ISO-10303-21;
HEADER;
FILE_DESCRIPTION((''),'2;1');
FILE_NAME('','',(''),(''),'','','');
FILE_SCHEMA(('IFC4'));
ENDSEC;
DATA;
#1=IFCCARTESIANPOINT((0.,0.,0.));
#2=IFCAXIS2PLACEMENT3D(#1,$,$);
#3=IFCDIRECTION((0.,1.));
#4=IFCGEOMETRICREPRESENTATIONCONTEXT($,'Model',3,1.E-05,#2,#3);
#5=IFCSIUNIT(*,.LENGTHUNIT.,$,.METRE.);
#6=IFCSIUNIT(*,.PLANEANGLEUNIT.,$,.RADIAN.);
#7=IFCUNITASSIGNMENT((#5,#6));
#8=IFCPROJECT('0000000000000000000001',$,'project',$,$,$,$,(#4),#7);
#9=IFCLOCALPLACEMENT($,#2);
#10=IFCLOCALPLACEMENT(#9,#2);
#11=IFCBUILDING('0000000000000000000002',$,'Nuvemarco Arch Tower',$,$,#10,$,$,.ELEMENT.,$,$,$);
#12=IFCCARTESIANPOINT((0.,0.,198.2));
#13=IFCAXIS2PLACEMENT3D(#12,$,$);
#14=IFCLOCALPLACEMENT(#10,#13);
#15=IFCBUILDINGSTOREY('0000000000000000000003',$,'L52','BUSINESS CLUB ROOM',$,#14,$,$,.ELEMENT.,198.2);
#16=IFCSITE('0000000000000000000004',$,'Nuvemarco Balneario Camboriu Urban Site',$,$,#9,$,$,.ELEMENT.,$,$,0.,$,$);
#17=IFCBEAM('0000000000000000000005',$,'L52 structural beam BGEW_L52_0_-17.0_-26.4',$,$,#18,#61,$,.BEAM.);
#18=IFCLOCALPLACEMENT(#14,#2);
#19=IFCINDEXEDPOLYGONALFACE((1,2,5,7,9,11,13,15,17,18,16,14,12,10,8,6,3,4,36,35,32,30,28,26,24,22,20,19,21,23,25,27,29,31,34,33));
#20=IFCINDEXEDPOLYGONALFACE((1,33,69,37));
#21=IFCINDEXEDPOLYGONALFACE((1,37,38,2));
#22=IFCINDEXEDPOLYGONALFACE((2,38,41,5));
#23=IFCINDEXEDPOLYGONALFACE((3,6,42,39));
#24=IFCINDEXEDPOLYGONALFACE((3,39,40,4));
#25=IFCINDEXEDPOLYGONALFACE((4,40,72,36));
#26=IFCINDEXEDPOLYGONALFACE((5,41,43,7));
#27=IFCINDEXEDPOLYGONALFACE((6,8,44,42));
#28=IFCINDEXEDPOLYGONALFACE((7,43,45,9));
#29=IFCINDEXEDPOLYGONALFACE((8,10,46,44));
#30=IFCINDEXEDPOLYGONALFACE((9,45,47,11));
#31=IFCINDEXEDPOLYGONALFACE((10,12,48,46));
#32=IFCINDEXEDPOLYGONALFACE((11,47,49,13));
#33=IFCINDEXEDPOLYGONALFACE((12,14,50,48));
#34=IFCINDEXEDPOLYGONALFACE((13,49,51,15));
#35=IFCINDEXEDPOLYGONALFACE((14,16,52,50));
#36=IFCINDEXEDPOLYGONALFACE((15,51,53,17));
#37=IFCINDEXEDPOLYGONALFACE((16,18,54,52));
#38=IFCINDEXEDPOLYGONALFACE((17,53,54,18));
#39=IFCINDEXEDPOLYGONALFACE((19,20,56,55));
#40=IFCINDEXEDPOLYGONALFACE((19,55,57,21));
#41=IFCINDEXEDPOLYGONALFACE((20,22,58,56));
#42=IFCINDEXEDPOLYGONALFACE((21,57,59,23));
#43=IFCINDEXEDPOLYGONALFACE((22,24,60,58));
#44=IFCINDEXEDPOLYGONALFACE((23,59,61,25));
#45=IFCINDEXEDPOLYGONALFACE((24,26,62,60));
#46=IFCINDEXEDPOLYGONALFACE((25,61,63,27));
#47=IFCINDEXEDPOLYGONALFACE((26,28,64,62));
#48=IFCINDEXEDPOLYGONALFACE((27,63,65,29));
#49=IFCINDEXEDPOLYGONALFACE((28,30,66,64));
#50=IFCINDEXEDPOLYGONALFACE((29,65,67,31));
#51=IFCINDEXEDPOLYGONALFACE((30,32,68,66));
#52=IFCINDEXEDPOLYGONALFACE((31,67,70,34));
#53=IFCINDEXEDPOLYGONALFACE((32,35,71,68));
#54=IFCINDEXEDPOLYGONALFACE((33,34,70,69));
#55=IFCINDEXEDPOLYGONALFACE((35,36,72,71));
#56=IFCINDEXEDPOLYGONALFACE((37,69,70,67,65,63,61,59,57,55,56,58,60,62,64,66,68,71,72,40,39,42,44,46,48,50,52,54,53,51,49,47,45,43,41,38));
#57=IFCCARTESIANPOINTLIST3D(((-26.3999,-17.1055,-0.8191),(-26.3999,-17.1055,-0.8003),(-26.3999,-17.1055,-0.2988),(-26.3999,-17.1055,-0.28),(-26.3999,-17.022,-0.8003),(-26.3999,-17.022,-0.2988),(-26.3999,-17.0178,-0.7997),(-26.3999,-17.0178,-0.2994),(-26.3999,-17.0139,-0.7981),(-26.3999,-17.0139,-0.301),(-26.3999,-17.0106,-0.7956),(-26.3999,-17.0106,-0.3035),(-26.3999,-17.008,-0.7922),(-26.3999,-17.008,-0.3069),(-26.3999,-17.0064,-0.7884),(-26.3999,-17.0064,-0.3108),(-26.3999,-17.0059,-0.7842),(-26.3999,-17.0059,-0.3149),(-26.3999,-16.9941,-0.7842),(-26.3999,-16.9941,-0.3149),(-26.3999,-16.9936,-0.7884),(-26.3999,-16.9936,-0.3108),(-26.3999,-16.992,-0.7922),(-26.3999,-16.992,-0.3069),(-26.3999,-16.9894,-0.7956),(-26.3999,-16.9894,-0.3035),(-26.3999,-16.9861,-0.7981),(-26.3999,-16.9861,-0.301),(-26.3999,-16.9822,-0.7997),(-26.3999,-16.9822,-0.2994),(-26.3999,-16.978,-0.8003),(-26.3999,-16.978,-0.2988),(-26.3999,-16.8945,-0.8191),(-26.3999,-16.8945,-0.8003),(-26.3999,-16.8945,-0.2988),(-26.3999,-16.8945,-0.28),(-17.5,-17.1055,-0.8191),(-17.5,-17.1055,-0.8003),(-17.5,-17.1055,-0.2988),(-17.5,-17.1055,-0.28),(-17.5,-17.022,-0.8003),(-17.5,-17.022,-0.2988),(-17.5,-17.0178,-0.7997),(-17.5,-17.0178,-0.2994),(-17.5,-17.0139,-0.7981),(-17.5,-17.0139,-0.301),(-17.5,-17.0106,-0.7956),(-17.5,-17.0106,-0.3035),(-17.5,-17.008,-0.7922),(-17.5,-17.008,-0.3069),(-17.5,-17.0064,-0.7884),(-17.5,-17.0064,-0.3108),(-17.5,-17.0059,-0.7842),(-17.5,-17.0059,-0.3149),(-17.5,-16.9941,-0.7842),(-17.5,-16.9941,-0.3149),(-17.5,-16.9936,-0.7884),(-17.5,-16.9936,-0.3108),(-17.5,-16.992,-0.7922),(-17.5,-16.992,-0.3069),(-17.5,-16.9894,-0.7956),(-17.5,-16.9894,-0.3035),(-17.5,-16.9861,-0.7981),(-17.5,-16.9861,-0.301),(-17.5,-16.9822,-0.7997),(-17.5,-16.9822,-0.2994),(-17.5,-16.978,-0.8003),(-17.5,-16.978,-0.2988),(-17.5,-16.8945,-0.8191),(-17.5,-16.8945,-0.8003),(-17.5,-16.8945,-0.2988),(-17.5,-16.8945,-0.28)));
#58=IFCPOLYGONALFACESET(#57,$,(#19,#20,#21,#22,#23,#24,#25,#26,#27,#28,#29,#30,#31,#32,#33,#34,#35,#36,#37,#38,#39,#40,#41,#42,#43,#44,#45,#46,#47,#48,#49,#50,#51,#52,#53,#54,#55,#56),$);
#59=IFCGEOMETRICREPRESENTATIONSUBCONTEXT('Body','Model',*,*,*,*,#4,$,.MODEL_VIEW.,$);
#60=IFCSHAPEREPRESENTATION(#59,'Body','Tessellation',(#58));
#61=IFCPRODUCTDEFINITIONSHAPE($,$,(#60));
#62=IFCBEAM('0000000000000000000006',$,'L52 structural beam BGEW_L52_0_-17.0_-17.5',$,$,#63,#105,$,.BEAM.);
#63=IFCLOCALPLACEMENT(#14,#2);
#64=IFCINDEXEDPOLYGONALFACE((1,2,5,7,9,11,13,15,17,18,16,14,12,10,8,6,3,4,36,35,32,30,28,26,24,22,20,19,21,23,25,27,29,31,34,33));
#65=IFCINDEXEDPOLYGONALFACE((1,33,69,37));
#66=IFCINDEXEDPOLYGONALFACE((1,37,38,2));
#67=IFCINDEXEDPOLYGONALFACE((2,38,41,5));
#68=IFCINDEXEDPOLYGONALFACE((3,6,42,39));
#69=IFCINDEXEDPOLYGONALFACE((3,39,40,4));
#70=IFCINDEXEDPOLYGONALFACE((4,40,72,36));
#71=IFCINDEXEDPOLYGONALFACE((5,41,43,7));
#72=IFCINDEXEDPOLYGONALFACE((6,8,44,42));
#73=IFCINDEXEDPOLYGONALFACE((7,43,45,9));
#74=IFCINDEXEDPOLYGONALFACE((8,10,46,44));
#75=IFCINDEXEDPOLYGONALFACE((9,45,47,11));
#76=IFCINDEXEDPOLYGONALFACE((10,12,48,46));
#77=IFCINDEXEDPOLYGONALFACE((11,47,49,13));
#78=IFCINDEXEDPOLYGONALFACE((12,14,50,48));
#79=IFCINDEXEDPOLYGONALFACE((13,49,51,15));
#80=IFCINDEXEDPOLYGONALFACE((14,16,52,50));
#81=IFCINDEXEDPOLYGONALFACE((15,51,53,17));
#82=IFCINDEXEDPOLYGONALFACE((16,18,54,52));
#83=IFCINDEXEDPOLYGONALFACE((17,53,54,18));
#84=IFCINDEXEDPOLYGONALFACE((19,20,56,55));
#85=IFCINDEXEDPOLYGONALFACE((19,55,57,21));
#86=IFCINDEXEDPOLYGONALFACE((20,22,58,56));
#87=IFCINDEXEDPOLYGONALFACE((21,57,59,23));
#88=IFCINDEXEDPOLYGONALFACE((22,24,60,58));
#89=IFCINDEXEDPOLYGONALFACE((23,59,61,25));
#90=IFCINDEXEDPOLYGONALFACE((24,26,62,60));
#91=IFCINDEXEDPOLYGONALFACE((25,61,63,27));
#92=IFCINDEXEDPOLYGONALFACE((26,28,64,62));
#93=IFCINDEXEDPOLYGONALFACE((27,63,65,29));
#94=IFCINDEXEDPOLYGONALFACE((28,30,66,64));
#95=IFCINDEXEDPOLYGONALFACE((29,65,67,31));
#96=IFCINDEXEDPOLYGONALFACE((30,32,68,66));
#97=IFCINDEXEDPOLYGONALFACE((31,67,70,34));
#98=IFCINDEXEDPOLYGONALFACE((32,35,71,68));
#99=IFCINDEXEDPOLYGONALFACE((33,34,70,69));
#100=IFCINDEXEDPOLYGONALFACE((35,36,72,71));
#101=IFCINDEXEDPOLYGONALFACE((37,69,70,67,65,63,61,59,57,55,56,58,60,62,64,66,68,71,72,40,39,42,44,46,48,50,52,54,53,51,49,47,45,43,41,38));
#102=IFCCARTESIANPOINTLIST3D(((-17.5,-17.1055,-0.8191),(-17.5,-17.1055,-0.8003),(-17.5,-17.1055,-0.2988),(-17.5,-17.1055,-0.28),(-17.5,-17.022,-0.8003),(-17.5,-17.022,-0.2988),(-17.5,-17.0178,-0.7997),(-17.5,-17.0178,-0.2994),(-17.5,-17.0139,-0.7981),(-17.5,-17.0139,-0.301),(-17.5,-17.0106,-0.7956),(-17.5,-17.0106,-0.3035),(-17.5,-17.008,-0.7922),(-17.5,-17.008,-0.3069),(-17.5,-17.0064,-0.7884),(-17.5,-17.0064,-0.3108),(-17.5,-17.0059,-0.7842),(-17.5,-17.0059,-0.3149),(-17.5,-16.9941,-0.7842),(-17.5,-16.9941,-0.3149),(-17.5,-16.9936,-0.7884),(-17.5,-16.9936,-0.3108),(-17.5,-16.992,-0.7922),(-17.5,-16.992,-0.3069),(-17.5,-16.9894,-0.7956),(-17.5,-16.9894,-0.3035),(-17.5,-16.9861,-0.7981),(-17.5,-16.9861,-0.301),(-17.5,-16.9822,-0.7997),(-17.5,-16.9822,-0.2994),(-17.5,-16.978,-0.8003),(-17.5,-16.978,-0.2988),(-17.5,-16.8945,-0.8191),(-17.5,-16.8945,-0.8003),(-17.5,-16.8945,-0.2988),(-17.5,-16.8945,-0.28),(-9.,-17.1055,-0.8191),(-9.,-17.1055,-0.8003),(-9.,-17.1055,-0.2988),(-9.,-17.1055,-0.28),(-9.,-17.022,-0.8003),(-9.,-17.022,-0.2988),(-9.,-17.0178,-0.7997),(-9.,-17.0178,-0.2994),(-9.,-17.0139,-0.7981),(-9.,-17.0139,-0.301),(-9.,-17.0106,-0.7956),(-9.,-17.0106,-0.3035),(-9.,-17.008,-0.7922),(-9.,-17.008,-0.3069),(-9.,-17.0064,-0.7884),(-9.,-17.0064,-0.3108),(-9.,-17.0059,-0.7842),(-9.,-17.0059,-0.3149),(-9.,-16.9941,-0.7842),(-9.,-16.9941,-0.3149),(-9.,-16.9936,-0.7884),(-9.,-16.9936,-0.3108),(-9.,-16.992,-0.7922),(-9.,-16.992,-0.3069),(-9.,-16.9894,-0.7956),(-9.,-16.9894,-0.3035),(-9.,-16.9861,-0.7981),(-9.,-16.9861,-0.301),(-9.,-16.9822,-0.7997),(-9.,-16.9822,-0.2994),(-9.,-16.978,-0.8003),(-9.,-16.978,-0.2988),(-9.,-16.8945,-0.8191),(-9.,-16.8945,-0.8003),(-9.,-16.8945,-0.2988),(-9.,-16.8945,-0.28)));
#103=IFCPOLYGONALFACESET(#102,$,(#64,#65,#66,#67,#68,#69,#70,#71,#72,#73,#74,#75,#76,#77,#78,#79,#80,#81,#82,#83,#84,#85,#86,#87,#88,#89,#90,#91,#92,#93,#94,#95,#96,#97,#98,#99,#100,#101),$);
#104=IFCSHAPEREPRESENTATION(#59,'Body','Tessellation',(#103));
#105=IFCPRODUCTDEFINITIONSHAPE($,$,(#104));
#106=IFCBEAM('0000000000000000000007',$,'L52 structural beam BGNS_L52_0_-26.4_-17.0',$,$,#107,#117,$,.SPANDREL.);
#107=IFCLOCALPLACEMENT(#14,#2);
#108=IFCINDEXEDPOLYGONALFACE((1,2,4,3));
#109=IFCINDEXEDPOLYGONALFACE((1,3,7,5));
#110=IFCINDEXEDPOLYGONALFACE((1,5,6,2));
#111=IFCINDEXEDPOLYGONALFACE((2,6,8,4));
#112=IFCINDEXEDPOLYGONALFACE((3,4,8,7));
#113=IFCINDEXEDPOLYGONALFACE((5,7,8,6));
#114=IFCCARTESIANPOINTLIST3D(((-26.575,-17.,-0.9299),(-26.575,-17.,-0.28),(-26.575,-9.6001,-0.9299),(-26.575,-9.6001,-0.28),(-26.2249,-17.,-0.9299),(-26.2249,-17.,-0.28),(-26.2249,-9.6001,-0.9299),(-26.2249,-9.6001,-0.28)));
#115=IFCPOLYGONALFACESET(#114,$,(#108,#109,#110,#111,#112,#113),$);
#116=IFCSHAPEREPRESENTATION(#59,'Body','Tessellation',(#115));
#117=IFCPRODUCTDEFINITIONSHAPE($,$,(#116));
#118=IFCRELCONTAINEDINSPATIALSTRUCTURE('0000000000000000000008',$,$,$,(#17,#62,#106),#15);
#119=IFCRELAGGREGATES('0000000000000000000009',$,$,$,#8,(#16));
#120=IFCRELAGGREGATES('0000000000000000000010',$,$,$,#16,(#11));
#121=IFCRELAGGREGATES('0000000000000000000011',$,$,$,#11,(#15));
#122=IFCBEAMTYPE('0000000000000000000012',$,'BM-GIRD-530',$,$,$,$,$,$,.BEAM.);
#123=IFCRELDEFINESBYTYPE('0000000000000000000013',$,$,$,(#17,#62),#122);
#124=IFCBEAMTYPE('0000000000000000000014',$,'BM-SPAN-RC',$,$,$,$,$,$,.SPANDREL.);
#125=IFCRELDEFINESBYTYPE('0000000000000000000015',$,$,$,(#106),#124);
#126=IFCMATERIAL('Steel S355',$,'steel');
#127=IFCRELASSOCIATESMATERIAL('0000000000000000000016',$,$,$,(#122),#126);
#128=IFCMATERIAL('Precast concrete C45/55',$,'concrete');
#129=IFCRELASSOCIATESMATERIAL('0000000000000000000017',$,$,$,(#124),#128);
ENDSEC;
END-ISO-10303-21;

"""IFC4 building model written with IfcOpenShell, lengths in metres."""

from ifc_helpers import new_model, si_unit, direction, frame, origin, origin_2d, place, context, subcontext, project, spatial, rectangle, i_section, extrude, material, material_profile, profile_set, type_object, element, save


model = new_model("IFC4")

# Units and contexts
model_context = context("Model", 3, precision=1e-05, world=origin(), true_north=direction((0.0, 1.0)))
body_context = subcontext(model_context, "Body", "Model", "MODEL_VIEW")
ifc_project = project(units=[si_unit("LENGTHUNIT", "METRE"), si_unit("PLANEANGLEUNIT", "RADIAN")], contexts=[model_context])

# Site, building, storey
site_placement = place(None, origin())
site = spatial("IfcSite", under=ifc_project, at=site_placement, Name="Nuvemarco Balneario Camboriu Urban Site", CompositionType="ELEMENT", RefElevation=0.0)
building_placement = place(site_placement, origin())
building = spatial("IfcBuilding", under=site, at=building_placement, Name="Nuvemarco Arch Tower", CompositionType="ELEMENT")
storey_placement = place(building_placement, frame((0.0, 0.0, 198.2)))
storey = spatial("IfcBuildingStorey", under=building, at=storey_placement, Name="L52", Description="BUSINESS CLUB ROOM", CompositionType="ELEMENT", Elevation=198.2)

# Shared definitions
ifc_material_1 = material(Name="Steel S355", Category="steel")

# Beams
ifc_material_profile_1 = material_profile(ifc_material_1, i_section(OverallWidth=0.2109, OverallDepth=0.5391, WebThickness=0.0117, FlangeThickness=0.0188, FilletRadius=0.0161, at=origin_2d()), Name="W530x109")
ifc_profile_set_1 = profile_set([ifc_material_profile_1], Name="Steel S355")
beam_type_1 = type_object("IfcBeamType", Name="BM-GIRD-530", PredefinedType="BEAM", material=ifc_profile_set_1)
beam_1_placement = place(storey_placement, frame((-26.3999, -17.0, -0.5496), z_axis=(1.0, 0.0, 0.0), x_axis=(0.0, 1.0, 0.0)))
element("IfcBeam", 1, at=beam_1_placement, inside=storey, type_object=beam_type_1, Name="L52 structural beam BGEW_L52_0_-17.0_-26.4", PredefinedType="BEAM", context=body_context, shape_type="SweptSolid", body=[
    extrude(i_section(OverallWidth=0.2109, OverallDepth=0.5391, WebThickness=0.0117, FlangeThickness=0.0188, FilletRadius=0.0161, at=origin_2d()), origin(), (0.0, 0.0, 1.0), 8.8999),
])
beam_2_placement = place(storey_placement, frame((-17.5, -17.0, -0.5496), z_axis=(1.0, 0.0, 0.0), x_axis=(0.0, 1.0, 0.0)))
element("IfcBeam", 2, at=beam_2_placement, inside=storey, type_object=beam_type_1, Name="L52 structural beam BGEW_L52_0_-17.0_-17.5", PredefinedType="BEAM", context=body_context, shape_type="SweptSolid", body=[
    extrude(i_section(OverallWidth=0.2109, OverallDepth=0.5391, WebThickness=0.0117, FlangeThickness=0.0188, FilletRadius=0.0161, at=origin_2d()), origin(), (0.0, 0.0, 1.0), 8.5),
])
ifc_material_2 = material(Name="Precast concrete C45/55", Category="concrete")
ifc_material_profile_2 = material_profile(ifc_material_2, rectangle(XDim=0.3501, YDim=0.6499, at=origin_2d()), Name="PC-SP-350x650")
ifc_profile_set_2 = profile_set([ifc_material_profile_2], Name="Precast concrete C45/55")
beam_type_2 = type_object("IfcBeamType", Name="BM-SPAN-RC", PredefinedType="SPANDREL", material=ifc_profile_set_2)
beam_3_placement = place(storey_placement, frame((-26.3999, -17.0, -0.605), z_axis=(0.0, 1.0, 0.0), x_axis=(-1.0, 0.0, 0.0)))
element("IfcBeam", 3, at=beam_3_placement, inside=storey, type_object=beam_type_2, Name="L52 structural beam BGNS_L52_0_-26.4_-17.0", PredefinedType="SPANDREL", context=body_context, shape_type="SweptSolid", body=[
    extrude(rectangle(XDim=0.3501, YDim=0.6499, at=origin_2d()), origin(), (0.0, 0.0, 1.0), 7.3999),
])

save(model, "model.ifc")
